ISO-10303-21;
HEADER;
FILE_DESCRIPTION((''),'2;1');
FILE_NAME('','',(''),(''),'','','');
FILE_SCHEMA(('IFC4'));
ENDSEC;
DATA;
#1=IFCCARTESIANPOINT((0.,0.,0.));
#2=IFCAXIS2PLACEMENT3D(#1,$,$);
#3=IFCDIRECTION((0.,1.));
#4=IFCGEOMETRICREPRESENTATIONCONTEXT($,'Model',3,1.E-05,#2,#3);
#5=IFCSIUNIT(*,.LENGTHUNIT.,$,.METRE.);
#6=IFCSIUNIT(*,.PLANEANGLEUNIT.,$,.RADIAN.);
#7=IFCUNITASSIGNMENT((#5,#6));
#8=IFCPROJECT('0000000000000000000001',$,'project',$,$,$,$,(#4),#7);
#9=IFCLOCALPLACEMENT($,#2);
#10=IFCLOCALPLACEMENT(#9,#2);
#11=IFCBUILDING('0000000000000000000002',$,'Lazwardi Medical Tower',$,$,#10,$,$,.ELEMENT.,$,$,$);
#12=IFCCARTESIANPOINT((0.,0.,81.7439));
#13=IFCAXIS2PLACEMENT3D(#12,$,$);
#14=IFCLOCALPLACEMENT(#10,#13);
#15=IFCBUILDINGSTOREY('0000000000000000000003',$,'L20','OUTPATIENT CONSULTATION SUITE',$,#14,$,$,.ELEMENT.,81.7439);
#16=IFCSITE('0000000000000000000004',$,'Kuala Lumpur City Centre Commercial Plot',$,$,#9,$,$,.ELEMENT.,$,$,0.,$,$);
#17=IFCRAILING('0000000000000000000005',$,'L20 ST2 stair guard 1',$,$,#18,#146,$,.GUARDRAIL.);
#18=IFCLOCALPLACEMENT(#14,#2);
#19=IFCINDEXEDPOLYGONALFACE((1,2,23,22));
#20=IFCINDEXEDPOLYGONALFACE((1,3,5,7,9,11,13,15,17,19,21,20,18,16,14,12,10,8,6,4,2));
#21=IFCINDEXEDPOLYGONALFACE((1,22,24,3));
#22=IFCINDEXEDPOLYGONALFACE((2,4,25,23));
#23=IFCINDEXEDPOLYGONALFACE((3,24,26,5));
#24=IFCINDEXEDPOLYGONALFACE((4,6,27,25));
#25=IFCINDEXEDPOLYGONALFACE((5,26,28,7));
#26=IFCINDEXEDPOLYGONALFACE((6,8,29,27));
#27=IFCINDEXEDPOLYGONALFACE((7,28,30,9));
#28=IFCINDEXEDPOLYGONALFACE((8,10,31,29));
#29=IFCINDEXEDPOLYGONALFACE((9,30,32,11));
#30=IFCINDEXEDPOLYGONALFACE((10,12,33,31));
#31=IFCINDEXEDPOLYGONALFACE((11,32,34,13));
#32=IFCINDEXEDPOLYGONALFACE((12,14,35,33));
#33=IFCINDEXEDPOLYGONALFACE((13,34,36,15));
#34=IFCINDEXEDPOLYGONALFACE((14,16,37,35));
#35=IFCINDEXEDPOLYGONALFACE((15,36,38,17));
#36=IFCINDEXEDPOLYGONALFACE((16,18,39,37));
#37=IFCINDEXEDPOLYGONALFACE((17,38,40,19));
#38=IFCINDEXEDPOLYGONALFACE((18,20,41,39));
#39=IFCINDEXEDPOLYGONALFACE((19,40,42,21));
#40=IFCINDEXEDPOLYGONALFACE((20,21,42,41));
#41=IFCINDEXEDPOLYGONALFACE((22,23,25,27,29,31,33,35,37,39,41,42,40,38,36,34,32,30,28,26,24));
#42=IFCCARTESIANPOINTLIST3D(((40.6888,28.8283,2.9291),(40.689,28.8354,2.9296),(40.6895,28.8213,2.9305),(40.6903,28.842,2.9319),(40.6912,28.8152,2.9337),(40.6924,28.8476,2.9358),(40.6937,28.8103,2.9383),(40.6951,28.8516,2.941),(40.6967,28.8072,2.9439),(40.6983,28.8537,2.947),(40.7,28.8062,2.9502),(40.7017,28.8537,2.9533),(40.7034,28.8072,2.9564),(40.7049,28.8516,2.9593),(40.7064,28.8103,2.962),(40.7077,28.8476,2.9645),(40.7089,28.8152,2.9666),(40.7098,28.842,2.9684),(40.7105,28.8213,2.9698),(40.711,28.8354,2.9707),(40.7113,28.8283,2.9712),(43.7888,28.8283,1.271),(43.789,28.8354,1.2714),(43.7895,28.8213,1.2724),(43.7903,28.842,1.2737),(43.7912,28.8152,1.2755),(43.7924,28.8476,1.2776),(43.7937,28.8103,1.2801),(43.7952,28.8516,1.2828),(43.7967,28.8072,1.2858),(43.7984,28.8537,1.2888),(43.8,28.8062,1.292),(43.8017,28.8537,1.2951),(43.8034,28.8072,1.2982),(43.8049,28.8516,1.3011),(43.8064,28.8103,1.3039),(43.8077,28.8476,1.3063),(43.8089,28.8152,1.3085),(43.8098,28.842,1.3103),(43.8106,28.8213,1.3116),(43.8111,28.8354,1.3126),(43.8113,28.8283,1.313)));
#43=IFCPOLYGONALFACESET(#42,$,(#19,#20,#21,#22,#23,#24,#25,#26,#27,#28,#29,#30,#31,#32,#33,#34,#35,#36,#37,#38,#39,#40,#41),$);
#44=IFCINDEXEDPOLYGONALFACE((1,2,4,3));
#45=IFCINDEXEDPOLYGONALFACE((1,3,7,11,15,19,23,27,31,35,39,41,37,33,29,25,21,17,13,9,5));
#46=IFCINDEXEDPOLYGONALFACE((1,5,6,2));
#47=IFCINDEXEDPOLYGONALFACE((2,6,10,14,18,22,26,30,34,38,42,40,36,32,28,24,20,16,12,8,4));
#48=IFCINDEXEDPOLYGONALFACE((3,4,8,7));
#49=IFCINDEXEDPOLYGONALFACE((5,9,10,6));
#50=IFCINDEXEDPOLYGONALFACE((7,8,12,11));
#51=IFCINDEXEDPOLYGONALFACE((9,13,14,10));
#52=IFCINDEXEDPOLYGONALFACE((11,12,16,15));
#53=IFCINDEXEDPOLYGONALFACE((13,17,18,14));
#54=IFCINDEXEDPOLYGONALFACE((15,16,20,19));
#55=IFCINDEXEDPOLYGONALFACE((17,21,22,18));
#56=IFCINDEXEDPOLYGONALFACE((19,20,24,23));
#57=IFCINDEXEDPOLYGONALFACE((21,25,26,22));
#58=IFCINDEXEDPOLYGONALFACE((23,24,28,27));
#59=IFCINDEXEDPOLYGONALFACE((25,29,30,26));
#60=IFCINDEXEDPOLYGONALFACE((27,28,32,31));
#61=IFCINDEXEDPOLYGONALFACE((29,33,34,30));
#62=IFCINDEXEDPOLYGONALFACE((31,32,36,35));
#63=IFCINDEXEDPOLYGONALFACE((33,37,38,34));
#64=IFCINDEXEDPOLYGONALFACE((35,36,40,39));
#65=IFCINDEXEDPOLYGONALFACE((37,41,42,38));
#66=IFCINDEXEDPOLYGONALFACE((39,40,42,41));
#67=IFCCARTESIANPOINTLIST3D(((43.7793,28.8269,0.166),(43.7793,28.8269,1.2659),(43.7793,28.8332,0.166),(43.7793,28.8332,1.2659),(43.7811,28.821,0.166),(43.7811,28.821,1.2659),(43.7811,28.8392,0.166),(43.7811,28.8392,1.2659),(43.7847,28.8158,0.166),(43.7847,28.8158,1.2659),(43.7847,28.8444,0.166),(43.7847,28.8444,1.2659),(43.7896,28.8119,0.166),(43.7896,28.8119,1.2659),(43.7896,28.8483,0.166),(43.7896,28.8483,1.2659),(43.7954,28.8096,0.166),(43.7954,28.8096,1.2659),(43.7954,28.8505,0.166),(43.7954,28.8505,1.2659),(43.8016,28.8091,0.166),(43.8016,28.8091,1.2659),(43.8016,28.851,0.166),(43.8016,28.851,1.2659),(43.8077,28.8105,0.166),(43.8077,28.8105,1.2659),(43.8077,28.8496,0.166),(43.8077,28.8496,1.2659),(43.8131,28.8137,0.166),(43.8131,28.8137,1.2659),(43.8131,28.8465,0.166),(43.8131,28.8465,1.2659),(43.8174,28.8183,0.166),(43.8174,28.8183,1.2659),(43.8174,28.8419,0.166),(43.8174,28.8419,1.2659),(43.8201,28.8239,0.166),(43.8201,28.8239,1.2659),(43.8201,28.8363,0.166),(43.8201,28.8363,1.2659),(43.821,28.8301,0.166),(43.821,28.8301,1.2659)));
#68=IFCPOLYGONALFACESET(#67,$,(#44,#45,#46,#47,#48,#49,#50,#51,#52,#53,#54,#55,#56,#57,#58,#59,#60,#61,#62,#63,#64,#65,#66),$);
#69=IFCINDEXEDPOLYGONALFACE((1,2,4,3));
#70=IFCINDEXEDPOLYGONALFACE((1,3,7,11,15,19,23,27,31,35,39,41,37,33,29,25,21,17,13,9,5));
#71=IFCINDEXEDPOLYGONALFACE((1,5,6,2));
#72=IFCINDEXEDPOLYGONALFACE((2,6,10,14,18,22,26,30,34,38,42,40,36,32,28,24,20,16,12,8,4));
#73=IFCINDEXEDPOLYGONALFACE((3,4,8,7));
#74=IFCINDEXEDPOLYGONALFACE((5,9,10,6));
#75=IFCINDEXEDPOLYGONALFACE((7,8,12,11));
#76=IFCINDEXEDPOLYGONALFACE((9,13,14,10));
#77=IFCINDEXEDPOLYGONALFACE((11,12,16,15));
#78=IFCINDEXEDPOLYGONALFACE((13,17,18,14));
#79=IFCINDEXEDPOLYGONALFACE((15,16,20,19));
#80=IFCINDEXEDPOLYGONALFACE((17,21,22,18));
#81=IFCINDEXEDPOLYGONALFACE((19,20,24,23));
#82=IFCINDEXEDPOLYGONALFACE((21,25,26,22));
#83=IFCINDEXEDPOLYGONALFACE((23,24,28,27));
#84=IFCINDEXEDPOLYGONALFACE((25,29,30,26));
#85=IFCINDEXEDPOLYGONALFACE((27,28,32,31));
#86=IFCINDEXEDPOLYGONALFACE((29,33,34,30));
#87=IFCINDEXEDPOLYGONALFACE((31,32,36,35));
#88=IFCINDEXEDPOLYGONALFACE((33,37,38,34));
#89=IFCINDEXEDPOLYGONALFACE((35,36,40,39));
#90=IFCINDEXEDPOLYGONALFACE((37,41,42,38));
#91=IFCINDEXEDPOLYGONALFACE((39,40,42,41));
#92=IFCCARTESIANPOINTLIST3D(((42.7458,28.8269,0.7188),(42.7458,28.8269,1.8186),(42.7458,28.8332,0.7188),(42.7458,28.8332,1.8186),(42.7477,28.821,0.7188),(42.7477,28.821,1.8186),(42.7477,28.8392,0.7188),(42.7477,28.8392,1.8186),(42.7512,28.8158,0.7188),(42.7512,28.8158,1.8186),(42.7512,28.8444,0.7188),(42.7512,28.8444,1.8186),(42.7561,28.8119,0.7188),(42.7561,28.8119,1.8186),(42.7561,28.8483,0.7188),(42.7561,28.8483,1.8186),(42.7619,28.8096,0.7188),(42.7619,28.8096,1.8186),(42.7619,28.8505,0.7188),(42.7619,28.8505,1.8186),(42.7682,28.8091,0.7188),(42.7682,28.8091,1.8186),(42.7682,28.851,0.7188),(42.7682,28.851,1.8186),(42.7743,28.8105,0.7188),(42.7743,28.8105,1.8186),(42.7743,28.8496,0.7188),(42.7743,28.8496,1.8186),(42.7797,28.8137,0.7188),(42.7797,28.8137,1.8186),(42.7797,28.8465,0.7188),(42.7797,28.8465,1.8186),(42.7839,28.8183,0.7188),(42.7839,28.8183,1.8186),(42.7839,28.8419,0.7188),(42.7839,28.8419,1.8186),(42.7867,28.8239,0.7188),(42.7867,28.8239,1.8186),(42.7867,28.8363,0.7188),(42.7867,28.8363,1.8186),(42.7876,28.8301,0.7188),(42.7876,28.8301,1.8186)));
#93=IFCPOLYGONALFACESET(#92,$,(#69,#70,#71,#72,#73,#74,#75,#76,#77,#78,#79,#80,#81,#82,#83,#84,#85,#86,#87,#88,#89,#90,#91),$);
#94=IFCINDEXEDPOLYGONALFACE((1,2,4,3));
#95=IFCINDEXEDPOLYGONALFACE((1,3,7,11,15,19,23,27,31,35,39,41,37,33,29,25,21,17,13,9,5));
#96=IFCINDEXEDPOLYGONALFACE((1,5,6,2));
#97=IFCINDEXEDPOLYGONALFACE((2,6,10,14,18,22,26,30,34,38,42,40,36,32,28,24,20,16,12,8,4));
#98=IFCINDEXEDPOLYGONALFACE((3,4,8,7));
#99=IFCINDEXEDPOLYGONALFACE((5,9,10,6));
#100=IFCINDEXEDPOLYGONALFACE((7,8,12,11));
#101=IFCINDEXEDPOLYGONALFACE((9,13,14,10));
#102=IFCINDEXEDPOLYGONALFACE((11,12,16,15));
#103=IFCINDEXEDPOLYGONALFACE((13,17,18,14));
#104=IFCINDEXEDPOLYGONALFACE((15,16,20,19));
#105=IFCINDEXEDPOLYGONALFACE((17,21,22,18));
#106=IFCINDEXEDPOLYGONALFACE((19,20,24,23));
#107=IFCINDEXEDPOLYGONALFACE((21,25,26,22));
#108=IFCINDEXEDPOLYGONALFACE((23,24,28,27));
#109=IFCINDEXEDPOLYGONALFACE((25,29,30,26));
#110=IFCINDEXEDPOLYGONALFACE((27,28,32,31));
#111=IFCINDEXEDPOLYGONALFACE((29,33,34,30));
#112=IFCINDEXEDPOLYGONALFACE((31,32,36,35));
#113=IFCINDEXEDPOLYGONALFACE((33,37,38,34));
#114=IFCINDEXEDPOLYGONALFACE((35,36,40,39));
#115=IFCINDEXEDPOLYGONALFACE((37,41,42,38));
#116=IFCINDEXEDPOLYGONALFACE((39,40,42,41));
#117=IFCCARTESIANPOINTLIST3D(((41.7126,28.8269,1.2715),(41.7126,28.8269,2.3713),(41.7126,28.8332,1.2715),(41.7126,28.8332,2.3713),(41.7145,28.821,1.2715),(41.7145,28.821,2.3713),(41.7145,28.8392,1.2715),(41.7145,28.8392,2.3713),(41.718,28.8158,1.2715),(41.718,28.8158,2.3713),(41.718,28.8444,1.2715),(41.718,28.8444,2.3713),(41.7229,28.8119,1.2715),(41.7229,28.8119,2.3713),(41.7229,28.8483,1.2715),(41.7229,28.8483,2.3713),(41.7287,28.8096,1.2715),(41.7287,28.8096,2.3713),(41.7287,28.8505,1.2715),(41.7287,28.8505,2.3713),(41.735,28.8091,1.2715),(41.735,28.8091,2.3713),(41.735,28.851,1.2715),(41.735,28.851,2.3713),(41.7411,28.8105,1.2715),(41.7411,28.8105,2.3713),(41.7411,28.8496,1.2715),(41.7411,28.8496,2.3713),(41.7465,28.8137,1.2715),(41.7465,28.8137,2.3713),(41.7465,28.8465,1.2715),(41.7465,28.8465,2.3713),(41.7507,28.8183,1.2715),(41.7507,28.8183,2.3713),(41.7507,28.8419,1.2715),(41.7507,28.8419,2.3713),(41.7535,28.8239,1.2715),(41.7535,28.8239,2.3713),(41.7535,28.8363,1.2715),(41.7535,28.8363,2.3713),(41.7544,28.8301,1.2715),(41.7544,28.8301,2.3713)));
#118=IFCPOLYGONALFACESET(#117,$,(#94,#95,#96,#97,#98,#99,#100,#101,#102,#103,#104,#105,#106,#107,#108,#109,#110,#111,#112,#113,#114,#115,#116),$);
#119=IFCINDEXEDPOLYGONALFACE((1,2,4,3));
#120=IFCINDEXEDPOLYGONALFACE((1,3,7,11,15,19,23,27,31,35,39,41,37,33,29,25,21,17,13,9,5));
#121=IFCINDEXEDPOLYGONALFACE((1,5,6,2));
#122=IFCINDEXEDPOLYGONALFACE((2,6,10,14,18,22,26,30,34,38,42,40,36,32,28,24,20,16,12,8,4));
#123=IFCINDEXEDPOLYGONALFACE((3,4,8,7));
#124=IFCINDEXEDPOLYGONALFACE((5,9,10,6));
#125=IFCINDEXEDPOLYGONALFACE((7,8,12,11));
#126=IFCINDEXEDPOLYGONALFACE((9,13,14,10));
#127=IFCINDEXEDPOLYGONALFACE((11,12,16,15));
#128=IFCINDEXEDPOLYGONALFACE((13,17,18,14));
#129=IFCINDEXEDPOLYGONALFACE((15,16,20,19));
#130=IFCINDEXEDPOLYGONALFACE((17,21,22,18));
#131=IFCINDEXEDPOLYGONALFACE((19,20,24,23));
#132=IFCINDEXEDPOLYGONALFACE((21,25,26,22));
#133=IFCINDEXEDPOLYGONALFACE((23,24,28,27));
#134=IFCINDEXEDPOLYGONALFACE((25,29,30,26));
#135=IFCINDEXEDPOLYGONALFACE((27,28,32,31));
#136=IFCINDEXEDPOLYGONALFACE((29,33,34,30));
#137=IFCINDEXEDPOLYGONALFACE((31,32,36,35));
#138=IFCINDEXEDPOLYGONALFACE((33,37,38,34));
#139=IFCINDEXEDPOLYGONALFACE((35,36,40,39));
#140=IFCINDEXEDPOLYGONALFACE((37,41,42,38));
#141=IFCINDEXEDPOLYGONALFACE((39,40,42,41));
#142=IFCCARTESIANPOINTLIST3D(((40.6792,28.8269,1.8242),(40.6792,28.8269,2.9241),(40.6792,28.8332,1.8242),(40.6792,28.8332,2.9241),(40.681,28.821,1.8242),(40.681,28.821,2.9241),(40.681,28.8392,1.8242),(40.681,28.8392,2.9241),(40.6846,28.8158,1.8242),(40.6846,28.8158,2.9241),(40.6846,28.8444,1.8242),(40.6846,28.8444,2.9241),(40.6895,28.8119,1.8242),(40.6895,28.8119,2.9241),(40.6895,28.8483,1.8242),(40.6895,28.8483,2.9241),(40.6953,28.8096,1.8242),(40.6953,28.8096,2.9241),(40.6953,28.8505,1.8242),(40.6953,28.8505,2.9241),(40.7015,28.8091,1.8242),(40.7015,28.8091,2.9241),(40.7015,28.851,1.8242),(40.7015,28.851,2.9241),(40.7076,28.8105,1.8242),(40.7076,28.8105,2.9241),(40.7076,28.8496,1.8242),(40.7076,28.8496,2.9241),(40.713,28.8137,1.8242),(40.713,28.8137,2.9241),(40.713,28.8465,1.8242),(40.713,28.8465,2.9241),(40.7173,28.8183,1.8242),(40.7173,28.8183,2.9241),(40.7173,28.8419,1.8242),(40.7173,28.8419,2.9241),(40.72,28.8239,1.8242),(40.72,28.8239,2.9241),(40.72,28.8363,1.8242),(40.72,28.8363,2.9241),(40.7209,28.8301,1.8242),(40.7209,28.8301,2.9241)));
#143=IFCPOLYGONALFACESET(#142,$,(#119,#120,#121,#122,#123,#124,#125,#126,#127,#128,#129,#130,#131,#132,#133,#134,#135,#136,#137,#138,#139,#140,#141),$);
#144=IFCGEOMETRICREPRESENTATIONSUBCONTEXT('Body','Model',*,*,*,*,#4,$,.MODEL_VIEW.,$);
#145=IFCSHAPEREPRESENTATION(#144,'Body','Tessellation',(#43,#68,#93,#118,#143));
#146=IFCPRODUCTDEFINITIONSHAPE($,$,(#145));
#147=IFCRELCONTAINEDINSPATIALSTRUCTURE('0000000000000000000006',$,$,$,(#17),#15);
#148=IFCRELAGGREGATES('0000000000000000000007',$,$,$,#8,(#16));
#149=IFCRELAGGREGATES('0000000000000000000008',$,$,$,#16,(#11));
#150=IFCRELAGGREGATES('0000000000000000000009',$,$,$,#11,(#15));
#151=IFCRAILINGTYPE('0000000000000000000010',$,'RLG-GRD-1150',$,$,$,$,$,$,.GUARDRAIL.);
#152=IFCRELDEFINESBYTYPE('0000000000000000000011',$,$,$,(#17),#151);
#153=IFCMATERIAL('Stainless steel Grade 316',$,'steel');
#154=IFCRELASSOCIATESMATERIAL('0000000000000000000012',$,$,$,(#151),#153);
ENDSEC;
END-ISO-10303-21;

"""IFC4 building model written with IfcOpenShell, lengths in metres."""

from ifc_helpers import new_model, si_unit, direction, frame, origin, origin_2d, place, context, subcontext, project, spatial, circle, extrude, material, type_object, element, save


model = new_model("IFC4")

# Units and contexts
model_context = context("Model", 3, precision=1e-05, world=origin(), true_north=direction((0.0, 1.0)))
body_context = subcontext(model_context, "Body", "Model", "MODEL_VIEW")
ifc_project = project(units=[si_unit("LENGTHUNIT", "METRE"), si_unit("PLANEANGLEUNIT", "RADIAN")], contexts=[model_context])

# Site, building, storey
site_placement = place(None, origin())
site = spatial("IfcSite", under=ifc_project, at=site_placement, Name="Kuala Lumpur City Centre Commercial Plot", CompositionType="ELEMENT", RefElevation=0.0)
building_placement = place(site_placement, origin())
building = spatial("IfcBuilding", under=site, at=building_placement, Name="Lazwardi Medical Tower", CompositionType="ELEMENT")
storey_placement = place(building_placement, frame((0.0, 0.0, 81.7439)))
storey = spatial("IfcBuildingStorey", under=building, at=storey_placement, Name="L20", Description="OUTPATIENT CONSULTATION SUITE", CompositionType="ELEMENT", Elevation=81.7439)

# Railing
ifc_material_1 = material(Name="Stainless steel Grade 316", Category="steel")
railing_type_1 = type_object("IfcRailingType", Name="RLG-GRD-1150", PredefinedType="GUARDRAIL", material=ifc_material_1)
railing_1_placement = place(storey_placement, frame((43.8, 28.8301, 0.166)))
element("IfcRailing", 1, at=railing_1_placement, inside=storey, type_object=railing_type_1, Name="L20 ST2 stair guard 1", PredefinedType="GUARDRAIL", context=body_context, shape_type="SweptSolid", body=[
    extrude(circle(Radius=0.0239, at=origin_2d()), frame((0.0, 0.0, 1.126), z_axis=(-0.881783, 0.0, 0.471655), x_axis=(0.0, -1.0, 0.0)), (0.0, 0.0, 1.0), 3.5156),
    extrude(circle(Radius=0.021, at=origin_2d()), origin(), (0.0, 0.0, 1.0), 1.0999),
    extrude(circle(Radius=0.021, at=origin_2d()), frame((-1.0334, 0.0, 0.5527)), (0.0, 0.0, 1.0), 1.0999),
    extrude(circle(Radius=0.021, at=origin_2d()), frame((-2.0667, 0.0, 1.1055)), (0.0, 0.0, 1.0), 1.0999),
    extrude(circle(Radius=0.021, at=origin_2d()), frame((-3.1001, 0.0, 1.6582)), (0.0, 0.0, 1.0), 1.0999),
])

save(model, "model.ifc")
